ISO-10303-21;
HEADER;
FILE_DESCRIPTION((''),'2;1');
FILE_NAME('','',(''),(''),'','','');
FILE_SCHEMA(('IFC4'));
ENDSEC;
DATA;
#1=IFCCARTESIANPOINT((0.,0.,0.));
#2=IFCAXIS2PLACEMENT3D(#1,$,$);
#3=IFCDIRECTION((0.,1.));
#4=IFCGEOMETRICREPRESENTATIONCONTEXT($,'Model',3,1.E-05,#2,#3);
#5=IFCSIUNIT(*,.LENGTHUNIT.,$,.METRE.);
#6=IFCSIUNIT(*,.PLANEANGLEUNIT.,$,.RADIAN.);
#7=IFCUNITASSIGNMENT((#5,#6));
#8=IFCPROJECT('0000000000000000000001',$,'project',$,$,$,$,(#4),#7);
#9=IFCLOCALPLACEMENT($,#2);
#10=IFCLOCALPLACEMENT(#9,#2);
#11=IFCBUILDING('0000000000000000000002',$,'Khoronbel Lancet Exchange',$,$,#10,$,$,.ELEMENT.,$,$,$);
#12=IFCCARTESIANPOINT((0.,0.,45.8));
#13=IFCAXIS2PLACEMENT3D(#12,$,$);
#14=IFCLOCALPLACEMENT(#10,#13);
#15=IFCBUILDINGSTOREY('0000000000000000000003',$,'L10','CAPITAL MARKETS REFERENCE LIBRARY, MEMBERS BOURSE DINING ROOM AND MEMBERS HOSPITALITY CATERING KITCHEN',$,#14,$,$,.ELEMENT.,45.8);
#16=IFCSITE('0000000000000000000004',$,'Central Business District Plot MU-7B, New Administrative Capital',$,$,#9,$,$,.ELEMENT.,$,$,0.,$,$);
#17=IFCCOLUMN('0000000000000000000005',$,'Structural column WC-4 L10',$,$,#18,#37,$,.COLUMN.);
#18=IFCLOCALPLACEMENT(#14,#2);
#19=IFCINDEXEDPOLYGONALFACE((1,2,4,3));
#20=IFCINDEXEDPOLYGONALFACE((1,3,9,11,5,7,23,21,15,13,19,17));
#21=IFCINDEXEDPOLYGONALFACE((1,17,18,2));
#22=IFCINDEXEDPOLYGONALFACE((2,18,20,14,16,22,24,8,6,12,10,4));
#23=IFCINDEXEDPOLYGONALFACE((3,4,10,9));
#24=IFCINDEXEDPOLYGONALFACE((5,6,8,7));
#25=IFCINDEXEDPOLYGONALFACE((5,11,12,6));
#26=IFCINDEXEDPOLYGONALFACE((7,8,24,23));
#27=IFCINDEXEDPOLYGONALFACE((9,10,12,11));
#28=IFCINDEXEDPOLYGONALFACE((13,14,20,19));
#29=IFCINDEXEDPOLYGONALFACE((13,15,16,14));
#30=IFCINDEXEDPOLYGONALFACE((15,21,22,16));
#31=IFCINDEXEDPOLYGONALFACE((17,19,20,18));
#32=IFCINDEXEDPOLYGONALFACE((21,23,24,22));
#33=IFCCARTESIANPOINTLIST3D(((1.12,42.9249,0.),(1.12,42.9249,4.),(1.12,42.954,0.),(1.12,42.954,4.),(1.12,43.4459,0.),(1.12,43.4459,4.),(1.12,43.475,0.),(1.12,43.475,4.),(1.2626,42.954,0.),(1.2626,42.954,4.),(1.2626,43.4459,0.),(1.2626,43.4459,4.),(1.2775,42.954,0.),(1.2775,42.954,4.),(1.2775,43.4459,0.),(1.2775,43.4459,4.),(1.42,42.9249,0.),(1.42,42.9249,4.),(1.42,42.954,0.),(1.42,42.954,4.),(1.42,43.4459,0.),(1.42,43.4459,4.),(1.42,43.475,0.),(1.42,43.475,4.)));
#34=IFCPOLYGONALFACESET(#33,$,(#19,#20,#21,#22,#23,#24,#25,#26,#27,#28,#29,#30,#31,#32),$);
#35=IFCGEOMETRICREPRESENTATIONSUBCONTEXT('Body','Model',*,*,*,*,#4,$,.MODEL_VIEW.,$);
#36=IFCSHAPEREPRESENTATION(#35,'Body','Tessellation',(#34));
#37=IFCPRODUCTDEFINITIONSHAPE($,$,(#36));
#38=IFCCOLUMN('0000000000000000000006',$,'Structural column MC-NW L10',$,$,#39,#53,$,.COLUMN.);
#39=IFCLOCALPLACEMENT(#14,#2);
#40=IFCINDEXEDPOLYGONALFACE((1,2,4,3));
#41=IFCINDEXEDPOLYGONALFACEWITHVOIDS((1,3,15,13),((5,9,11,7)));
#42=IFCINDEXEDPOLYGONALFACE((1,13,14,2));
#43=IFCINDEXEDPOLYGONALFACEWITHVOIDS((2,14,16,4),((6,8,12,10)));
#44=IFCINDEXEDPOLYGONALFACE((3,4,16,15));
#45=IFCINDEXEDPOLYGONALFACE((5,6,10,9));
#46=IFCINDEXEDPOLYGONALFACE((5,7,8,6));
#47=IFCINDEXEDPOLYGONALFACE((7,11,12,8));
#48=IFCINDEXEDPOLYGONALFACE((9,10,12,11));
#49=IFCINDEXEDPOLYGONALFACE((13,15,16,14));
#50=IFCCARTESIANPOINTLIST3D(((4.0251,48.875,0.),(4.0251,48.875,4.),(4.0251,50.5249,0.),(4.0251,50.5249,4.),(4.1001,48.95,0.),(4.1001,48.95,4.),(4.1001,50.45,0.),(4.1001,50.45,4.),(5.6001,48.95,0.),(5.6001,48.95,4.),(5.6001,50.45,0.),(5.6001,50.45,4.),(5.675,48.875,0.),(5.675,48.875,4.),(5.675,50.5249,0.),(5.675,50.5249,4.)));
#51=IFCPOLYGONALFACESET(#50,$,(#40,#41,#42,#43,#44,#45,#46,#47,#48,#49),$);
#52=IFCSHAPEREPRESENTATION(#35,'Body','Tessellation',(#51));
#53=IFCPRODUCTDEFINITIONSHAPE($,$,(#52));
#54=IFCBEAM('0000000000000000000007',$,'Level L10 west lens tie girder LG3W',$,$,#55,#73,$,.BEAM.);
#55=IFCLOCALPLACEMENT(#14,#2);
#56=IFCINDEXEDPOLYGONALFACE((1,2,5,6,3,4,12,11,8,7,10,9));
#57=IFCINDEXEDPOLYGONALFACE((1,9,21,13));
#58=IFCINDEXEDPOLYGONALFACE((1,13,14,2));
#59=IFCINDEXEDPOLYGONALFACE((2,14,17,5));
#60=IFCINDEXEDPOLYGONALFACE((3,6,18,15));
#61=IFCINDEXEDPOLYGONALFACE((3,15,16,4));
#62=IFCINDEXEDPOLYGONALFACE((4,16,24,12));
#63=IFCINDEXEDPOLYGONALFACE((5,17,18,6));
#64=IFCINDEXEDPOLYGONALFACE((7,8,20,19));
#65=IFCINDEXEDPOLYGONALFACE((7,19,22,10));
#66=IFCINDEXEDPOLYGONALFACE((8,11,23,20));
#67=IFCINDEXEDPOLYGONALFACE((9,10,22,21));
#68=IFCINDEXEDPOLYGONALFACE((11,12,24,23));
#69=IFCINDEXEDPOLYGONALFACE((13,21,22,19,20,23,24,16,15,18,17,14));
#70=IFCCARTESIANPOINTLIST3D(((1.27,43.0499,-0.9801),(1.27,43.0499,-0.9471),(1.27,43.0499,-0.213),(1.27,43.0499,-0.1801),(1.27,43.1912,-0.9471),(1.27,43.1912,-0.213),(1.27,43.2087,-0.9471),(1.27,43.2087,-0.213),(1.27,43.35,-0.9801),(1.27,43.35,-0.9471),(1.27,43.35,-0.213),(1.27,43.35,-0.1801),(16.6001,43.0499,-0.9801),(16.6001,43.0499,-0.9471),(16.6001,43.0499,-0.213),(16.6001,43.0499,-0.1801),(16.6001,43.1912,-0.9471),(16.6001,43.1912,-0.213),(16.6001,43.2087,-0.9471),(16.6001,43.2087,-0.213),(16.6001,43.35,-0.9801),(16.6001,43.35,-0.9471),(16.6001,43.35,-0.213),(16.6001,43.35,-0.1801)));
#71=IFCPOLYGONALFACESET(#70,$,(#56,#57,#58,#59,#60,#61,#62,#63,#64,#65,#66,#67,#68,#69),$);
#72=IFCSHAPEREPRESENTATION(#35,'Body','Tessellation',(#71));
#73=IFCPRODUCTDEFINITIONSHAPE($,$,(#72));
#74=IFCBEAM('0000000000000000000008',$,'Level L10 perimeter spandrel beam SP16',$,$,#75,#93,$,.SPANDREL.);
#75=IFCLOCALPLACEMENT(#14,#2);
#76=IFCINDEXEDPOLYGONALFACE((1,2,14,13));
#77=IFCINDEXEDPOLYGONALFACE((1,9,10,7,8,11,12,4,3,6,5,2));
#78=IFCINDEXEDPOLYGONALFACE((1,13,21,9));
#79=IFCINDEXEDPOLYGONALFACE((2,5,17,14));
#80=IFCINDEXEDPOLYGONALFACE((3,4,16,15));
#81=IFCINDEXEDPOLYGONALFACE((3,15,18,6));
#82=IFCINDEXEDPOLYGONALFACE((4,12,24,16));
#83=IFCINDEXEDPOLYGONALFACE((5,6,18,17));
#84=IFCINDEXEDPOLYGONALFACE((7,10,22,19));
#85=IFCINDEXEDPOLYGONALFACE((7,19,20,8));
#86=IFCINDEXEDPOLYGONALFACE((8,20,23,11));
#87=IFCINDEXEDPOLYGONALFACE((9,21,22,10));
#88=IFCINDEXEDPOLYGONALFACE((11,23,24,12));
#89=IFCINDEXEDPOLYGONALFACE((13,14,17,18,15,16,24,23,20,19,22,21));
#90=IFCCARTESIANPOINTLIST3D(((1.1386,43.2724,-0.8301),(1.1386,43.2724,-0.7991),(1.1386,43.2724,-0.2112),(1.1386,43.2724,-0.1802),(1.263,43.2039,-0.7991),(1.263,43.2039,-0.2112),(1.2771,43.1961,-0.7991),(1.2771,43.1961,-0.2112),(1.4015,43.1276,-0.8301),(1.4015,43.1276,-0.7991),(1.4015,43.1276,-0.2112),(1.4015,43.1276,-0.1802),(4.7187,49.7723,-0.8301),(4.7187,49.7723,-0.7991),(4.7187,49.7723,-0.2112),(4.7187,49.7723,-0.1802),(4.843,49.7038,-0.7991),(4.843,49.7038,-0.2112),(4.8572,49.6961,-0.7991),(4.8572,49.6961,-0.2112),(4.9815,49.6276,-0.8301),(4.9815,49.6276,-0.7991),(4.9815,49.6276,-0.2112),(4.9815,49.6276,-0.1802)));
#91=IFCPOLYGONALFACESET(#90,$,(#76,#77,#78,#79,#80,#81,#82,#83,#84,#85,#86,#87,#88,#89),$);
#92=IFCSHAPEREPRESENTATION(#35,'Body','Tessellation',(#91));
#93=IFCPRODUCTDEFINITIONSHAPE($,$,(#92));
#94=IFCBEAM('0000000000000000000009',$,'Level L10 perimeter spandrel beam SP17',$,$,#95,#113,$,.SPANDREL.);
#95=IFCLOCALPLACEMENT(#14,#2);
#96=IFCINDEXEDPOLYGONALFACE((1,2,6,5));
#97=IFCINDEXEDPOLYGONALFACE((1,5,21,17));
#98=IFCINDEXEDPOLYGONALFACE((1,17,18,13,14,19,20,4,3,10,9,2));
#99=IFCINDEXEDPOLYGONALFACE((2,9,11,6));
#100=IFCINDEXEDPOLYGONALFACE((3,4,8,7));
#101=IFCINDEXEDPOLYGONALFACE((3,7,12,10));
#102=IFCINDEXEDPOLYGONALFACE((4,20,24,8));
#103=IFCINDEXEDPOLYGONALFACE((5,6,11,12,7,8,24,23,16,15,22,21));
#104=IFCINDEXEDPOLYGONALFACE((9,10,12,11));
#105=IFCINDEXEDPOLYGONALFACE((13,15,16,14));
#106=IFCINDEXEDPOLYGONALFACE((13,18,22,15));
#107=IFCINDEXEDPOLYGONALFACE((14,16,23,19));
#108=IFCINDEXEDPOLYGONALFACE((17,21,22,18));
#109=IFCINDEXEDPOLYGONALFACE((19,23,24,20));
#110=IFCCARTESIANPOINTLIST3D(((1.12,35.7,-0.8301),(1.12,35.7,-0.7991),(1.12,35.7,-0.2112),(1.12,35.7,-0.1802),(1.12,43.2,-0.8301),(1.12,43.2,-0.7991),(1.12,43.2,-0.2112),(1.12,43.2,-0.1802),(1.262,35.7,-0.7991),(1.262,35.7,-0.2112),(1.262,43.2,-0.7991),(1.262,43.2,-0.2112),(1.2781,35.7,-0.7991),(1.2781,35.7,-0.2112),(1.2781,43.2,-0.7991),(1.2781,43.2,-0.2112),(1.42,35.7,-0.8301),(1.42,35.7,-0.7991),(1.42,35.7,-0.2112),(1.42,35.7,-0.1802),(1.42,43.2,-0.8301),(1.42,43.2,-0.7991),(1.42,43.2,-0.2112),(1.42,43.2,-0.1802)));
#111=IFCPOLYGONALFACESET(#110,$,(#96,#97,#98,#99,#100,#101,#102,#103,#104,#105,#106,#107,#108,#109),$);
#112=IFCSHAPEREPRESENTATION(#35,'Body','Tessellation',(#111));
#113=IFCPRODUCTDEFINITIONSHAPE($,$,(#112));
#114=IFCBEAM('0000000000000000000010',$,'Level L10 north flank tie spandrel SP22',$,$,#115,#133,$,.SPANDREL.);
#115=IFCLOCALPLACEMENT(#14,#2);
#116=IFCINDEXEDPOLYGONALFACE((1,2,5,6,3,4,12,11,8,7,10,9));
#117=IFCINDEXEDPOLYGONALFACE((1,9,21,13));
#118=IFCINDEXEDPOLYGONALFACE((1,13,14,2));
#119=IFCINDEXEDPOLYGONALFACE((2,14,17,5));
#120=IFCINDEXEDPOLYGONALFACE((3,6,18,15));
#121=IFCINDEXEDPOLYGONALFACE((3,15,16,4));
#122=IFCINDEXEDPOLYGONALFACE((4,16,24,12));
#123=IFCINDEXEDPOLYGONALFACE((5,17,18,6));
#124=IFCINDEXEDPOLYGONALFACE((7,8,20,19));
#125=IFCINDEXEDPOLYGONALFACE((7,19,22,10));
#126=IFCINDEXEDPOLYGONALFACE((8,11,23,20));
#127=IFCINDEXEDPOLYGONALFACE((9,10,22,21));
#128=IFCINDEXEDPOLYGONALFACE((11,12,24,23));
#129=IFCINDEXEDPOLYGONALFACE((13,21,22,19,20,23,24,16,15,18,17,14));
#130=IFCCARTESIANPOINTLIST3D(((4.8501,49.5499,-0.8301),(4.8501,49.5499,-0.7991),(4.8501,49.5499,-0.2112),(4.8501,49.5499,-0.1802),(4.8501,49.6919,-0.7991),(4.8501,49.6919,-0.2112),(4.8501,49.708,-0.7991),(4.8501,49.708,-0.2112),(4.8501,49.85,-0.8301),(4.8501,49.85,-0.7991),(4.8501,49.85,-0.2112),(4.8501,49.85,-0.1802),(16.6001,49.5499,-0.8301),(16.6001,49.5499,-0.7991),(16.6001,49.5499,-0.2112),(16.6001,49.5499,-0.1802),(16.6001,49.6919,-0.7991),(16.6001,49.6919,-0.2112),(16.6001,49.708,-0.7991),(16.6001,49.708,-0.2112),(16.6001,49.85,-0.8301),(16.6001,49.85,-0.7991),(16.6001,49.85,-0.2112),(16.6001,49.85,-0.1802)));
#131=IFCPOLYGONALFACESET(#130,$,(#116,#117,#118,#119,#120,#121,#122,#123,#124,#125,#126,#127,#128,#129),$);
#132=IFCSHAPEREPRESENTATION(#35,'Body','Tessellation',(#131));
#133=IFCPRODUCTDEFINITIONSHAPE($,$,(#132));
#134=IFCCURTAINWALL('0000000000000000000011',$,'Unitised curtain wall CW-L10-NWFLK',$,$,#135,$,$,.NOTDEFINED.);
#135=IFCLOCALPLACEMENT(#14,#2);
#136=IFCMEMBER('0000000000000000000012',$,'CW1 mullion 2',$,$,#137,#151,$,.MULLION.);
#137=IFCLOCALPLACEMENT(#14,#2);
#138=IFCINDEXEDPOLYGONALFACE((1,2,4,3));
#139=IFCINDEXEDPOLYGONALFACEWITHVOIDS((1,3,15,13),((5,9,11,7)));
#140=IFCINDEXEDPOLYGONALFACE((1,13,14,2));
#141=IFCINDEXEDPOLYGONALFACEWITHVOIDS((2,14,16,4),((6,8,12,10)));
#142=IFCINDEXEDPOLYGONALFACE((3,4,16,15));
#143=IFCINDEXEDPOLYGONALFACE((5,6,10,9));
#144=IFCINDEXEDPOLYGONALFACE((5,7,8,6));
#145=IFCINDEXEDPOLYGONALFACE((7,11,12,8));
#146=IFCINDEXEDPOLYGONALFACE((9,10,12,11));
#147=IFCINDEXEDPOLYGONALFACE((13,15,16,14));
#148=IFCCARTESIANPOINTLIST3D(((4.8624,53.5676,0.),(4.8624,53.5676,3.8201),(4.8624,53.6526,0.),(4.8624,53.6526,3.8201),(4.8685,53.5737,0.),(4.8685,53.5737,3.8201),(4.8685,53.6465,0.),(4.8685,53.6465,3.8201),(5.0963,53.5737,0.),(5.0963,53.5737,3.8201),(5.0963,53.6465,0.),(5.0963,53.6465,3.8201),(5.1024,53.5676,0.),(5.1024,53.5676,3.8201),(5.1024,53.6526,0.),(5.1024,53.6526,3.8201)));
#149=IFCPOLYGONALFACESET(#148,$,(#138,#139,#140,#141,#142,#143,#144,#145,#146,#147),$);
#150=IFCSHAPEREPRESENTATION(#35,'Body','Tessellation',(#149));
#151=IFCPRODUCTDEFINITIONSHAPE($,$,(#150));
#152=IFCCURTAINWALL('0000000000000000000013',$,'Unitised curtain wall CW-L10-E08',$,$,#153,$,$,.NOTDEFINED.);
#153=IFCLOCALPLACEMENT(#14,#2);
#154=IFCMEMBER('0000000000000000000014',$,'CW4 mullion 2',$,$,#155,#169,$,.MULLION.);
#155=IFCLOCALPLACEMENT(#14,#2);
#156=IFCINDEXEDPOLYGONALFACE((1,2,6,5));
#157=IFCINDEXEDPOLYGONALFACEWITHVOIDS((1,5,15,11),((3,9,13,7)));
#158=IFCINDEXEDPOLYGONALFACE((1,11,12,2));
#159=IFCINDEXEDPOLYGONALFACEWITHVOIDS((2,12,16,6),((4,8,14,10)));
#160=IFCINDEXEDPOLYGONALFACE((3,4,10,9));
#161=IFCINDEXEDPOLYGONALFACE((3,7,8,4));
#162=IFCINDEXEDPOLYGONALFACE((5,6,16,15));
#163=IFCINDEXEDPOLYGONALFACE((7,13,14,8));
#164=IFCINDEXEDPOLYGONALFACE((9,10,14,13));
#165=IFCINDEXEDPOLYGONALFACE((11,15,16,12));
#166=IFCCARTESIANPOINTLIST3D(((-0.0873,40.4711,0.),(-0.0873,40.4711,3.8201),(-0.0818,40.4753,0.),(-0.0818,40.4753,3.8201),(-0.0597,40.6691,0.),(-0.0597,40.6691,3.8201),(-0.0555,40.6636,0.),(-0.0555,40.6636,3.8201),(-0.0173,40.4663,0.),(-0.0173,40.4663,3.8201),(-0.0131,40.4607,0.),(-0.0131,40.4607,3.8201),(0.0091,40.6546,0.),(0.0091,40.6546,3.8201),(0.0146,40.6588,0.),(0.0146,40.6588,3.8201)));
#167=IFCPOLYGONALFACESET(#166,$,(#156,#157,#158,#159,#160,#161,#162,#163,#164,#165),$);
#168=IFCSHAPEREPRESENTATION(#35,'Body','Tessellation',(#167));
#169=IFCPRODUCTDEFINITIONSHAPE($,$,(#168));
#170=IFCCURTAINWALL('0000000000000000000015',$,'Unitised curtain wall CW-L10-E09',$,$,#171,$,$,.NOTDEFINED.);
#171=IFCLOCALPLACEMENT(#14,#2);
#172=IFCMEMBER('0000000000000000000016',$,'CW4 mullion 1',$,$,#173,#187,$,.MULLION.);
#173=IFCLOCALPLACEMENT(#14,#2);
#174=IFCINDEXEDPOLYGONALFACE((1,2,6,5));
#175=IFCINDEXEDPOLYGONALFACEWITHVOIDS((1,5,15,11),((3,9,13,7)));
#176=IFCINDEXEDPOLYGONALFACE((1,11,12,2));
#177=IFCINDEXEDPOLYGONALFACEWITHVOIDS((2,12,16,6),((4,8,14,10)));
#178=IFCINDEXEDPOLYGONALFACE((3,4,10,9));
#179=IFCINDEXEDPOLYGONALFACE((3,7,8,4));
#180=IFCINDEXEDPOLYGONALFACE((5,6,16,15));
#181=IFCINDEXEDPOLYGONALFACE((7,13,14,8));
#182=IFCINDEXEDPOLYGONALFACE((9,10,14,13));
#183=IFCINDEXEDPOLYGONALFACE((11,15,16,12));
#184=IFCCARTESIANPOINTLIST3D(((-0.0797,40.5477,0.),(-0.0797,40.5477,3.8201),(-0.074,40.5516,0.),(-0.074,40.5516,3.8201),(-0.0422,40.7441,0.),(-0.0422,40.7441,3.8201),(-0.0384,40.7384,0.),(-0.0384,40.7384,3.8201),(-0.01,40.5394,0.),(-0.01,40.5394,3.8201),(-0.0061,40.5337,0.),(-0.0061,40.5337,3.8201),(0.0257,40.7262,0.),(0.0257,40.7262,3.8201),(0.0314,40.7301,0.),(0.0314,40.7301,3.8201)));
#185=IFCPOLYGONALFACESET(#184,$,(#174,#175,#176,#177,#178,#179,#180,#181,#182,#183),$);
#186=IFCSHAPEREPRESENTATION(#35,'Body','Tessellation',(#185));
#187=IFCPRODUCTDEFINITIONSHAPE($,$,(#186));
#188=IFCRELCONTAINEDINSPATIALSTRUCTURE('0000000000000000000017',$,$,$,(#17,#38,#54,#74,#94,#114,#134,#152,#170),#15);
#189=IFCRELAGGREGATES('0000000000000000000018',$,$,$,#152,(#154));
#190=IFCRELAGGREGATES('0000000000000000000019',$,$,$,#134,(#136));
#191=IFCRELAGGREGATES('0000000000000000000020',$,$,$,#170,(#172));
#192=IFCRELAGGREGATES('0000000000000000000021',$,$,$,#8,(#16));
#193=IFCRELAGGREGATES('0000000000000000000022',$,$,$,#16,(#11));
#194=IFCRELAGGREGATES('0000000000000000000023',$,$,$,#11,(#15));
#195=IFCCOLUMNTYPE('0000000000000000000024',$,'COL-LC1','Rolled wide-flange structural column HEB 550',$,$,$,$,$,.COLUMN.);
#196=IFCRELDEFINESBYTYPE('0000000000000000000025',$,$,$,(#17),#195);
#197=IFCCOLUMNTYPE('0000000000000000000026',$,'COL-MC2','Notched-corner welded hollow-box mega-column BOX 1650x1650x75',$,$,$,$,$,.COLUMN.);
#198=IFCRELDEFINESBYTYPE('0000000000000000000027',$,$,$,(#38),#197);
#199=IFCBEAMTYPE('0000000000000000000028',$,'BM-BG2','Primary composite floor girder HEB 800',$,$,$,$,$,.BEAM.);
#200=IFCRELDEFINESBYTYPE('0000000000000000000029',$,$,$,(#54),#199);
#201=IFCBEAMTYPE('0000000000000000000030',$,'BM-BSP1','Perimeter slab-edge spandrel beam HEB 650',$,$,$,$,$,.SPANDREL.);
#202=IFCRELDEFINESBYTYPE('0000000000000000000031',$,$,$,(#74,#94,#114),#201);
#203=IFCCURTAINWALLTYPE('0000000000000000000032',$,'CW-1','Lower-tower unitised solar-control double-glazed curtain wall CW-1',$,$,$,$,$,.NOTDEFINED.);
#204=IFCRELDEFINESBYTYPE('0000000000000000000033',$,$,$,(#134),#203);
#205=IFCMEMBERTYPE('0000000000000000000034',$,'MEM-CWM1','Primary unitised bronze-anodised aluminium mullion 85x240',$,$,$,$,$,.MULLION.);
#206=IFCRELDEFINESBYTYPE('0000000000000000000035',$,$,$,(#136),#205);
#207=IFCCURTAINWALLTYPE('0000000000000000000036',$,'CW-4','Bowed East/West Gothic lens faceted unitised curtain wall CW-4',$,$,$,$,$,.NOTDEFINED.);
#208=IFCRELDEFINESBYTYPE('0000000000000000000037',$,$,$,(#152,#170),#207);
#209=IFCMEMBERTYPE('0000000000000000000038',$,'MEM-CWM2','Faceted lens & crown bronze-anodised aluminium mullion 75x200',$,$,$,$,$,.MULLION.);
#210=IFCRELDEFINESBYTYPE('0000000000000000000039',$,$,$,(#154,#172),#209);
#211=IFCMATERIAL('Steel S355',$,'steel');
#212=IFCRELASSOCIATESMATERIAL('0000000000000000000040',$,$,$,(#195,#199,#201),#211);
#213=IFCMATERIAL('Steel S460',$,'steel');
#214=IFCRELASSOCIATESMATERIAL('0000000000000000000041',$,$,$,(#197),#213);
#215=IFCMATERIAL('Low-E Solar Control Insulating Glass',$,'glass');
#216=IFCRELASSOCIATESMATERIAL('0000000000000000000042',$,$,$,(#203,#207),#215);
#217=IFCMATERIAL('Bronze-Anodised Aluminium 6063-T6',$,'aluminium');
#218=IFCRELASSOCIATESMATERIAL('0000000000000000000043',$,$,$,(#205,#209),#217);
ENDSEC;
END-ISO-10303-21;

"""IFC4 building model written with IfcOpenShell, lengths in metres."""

from ifc_helpers import new_model, si_unit, direction, frame, origin, origin_2d, place, context, subcontext, project, spatial, hollow_rectangle, i_section, extrude, material, material_profile, profile_set, type_object, element, aggregate, save


model = new_model("IFC4")

# Units and contexts
model_context = context("Model", 3, precision=1e-05, world=origin(), true_north=direction((0.0, 1.0)))
body_context = subcontext(model_context, "Body", "Model", "MODEL_VIEW")
ifc_project = project(units=[si_unit("LENGTHUNIT", "METRE"), si_unit("PLANEANGLEUNIT", "RADIAN")], contexts=[model_context])

# Site, building, storey
site_placement = place(None, origin())
site = spatial("IfcSite", under=ifc_project, at=site_placement, Name="Central Business District Plot MU-7B, New Administrative Capital", CompositionType="ELEMENT", RefElevation=0.0)
building_placement = place(site_placement, origin())
building = spatial("IfcBuilding", under=site, at=building_placement, Name="Khoronbel Lancet Exchange", CompositionType="ELEMENT")
storey_placement = place(building_placement, frame((0.0, 0.0, 45.8)))
storey = spatial("IfcBuildingStorey", under=building, at=storey_placement, Name="L10", Description="CAPITAL MARKETS REFERENCE LIBRARY, MEMBERS BOURSE DINING ROOM AND MEMBERS HOSPITALITY CATERING KITCHEN", CompositionType="ELEMENT", Elevation=45.8)

# Columns
ifc_material_1 = material(Name="Steel S355", Category="steel")
ifc_material_profile_1 = material_profile(ifc_material_1, i_section(OverallWidth=0.3, OverallDepth=0.55, WebThickness=0.0149, FlangeThickness=0.0291, at=origin_2d()), Name="HEB 550")
ifc_profile_set_1 = profile_set([ifc_material_profile_1], Name="Steel S355")
column_type_1 = type_object("IfcColumnType", Name="COL-LC1", Description="Rolled wide-flange structural column HEB 550", PredefinedType="COLUMN", material=ifc_profile_set_1)
column_1_placement = place(storey_placement, frame((1.27, 43.2, 0.0), z_axis=(0.0, 0.0, 1.0), x_axis=(1.0, 0.0, 0.0)))
element("IfcColumn", 1, at=column_1_placement, inside=storey, type_object=column_type_1, Name="Structural column WC-4 L10", PredefinedType="COLUMN", context=body_context, shape_type="SweptSolid", body=[
    extrude(i_section(OverallWidth=0.3, OverallDepth=0.55, WebThickness=0.0149, FlangeThickness=0.0291, at=origin_2d()), origin(), (0.0, 0.0, 1.0), 4.0),
])
ifc_material_2 = material(Name="Steel S460", Category="steel")
ifc_material_profile_2 = material_profile(ifc_material_2, hollow_rectangle(XDim=1.6499, YDim=1.6499, WallThickness=0.075, at=origin_2d()), Name="BOX 1650x1650x75")
ifc_profile_set_2 = profile_set([ifc_material_profile_2], Name="Steel S460")
column_type_2 = type_object("IfcColumnType", Name="COL-MC2", Description="Notched-corner welded hollow-box mega-column BOX 1650x1650x75", PredefinedType="COLUMN", material=ifc_profile_set_2)
column_2_placement = place(storey_placement, frame((4.8501, 49.7, 0.0), z_axis=(0.0, 0.0, 1.0), x_axis=(1.0, 0.0, 0.0)))
element("IfcColumn", 2, at=column_2_placement, inside=storey, type_object=column_type_2, Name="Structural column MC-NW L10", PredefinedType="COLUMN", context=body_context, shape_type="SweptSolid", body=[
    extrude(hollow_rectangle(XDim=1.6499, YDim=1.6499, WallThickness=0.075, at=origin_2d()), origin(), (0.0, 0.0, 1.0), 4.0),
])

# Beams
ifc_material_profile_3 = material_profile(ifc_material_1, i_section(OverallWidth=0.3, OverallDepth=0.8, WebThickness=0.0176, FlangeThickness=0.033, at=origin_2d()), Name="HEB 800")
ifc_profile_set_3 = profile_set([ifc_material_profile_3], Name="Steel S355")
beam_type_1 = type_object("IfcBeamType", Name="BM-BG2", Description="Primary composite floor girder HEB 800", PredefinedType="BEAM", material=ifc_profile_set_3)
beam_1_placement = place(storey_placement, frame((1.27, 43.2, -0.5801), z_axis=(1.0, 0.0, 0.0), x_axis=(0.0, 1.0, 0.0)))
element("IfcBeam", 3, at=beam_1_placement, inside=storey, type_object=beam_type_1, Name="Level L10 west lens tie girder LG3W", PredefinedType="BEAM", context=body_context, shape_type="SweptSolid", body=[
    extrude(i_section(OverallWidth=0.3, OverallDepth=0.8, WebThickness=0.0176, FlangeThickness=0.033, at=origin_2d()), origin(), (0.0, 0.0, 1.0), 15.3301),
])
ifc_material_profile_4 = material_profile(ifc_material_1, i_section(OverallWidth=0.3, OverallDepth=0.6499, WebThickness=0.0161, FlangeThickness=0.031, at=origin_2d()), Name="HEB 650")
ifc_profile_set_4 = profile_set([ifc_material_profile_4], Name="Steel S355")
beam_type_2 = type_object("IfcBeamType", Name="BM-BSP1", Description="Perimeter slab-edge spandrel beam HEB 650", PredefinedType="SPANDREL", material=ifc_profile_set_4)
beam_2_placement = place(storey_placement, frame((4.8501, 49.7, -0.5051), z_axis=(-0.482444, -0.875927, 0.0), x_axis=(0.875927, -0.482444, 0.0)))
element("IfcBeam", 4, at=beam_2_placement, inside=storey, type_object=beam_type_2, Name="Level L10 perimeter spandrel beam SP16", PredefinedType="SPANDREL", context=body_context, shape_type="SweptSolid", body=[
    extrude(i_section(OverallWidth=0.3, OverallDepth=0.6499, WebThickness=0.0161, FlangeThickness=0.031, at=origin_2d()), origin(), (0.0, 0.0, 1.0), 7.4207),
])
beam_3_placement = place(storey_placement, frame((1.27, 43.2, -0.5051), z_axis=(0.0, -1.0, 0.0), x_axis=(1.0, 0.0, 0.0)))
element("IfcBeam", 5, at=beam_3_placement, inside=storey, type_object=beam_type_2, Name="Level L10 perimeter spandrel beam SP17", PredefinedType="SPANDREL", context=body_context, shape_type="SweptSolid", body=[
    extrude(i_section(OverallWidth=0.3, OverallDepth=0.6499, WebThickness=0.0161, FlangeThickness=0.031, at=origin_2d()), origin(), (0.0, 0.0, 1.0), 7.5),
])
beam_4_placement = place(storey_placement, frame((4.8501, 49.7, -0.5051), z_axis=(1.0, 0.0, 0.0), x_axis=(0.0, 1.0, 0.0)))
element("IfcBeam", 6, at=beam_4_placement, inside=storey, type_object=beam_type_2, Name="Level L10 north flank tie spandrel SP22", PredefinedType="SPANDREL", context=body_context, shape_type="SweptSolid", body=[
    extrude(i_section(OverallWidth=0.3, OverallDepth=0.6499, WebThickness=0.0161, FlangeThickness=0.031, at=origin_2d()), origin(), (0.0, 0.0, 1.0), 11.75),
])

# Curtain walls, members
ifc_material_3 = material(Name="Low-E Solar Control Insulating Glass", Category="glass")
curtain_wall_type_1 = type_object("IfcCurtainWallType", Name="CW-1", Description="Lower-tower unitised solar-control double-glazed curtain wall CW-1", PredefinedType="NOTDEFINED", material=ifc_material_3)
curtain_wall_1_placement = place(storey_placement, origin())
curtain_wall_1 = element("IfcCurtainWall", 7, at=curtain_wall_1_placement, inside=storey, type_object=curtain_wall_type_1, Name="Unitised curtain wall CW-L10-NWFLK", PredefinedType="NOTDEFINED")
ifc_material_4 = material(Name="Bronze-Anodised Aluminium 6063-T6", Category="aluminium")
ifc_material_profile_5 = material_profile(ifc_material_4, hollow_rectangle(XDim=0.085, YDim=0.24, WallThickness=0.0061, at=origin_2d()), Name="ALU MULLION 85x240")
ifc_profile_set_5 = profile_set([ifc_material_profile_5], Name="Bronze-Anodised Aluminium 6063-T6")
member_type_1 = type_object("IfcMemberType", Name="MEM-CWM1", Description="Primary unitised bronze-anodised aluminium mullion 85x240", PredefinedType="MULLION", material=ifc_profile_set_5)
member_1_placement = place(storey_placement, frame((4.9824, 53.6101, 0.0), z_axis=(0.0, 0.0, 1.0), x_axis=(0.0, -1.0, 0.0)))
member_1 = element("IfcMember", 8, at=member_1_placement, type_object=member_type_1, Name="CW1 mullion 2", PredefinedType="MULLION", context=body_context, shape_type="SweptSolid", body=[
    extrude(hollow_rectangle(XDim=0.085, YDim=0.24, WallThickness=0.0061, at=origin_2d()), origin(), (0.0, 0.0, 1.0), 3.8201),
])
curtain_wall_type_2 = type_object("IfcCurtainWallType", Name="CW-4", Description="Bowed East/West Gothic lens faceted unitised curtain wall CW-4", PredefinedType="NOTDEFINED", material=ifc_material_3)
curtain_wall_2_placement = place(storey_placement, origin())
curtain_wall_2 = element("IfcCurtainWall", 9, at=curtain_wall_2_placement, inside=storey, type_object=curtain_wall_type_2, Name="Unitised curtain wall CW-L10-E08", PredefinedType="NOTDEFINED")
ifc_material_profile_6 = material_profile(ifc_material_4, hollow_rectangle(XDim=0.075, YDim=0.2, WallThickness=0.0049, at=origin_2d()), Name="ALU MULLION 75x200")
ifc_profile_set_6 = profile_set([ifc_material_profile_6], Name="Bronze-Anodised Aluminium 6063-T6")
member_type_2 = type_object("IfcMemberType", Name="MEM-CWM2", Description="Faceted lens & crown bronze-anodised aluminium mullion 75x200", PredefinedType="MULLION", material=ifc_profile_set_6)
member_2_placement = place(storey_placement, frame((-0.0364, 40.5649, 0.0), z_axis=(0.0, 0.0, 1.0), x_axis=(-0.990385, 0.13834, 0.0)))
member_2 = element("IfcMember", 10, at=member_2_placement, type_object=member_type_2, Name="CW4 mullion 2", PredefinedType="MULLION", context=body_context, shape_type="SweptSolid", body=[
    extrude(hollow_rectangle(XDim=0.075, YDim=0.2, WallThickness=0.0049, at=origin_2d()), origin(), (0.0, 0.0, 1.0), 3.8201),
])

# Curtain wall, member
curtain_wall_3_placement = place(storey_placement, origin())
curtain_wall_3 = element("IfcCurtainWall", 11, at=curtain_wall_3_placement, inside=storey, type_object=curtain_wall_type_2, Name="Unitised curtain wall CW-L10-E09", PredefinedType="NOTDEFINED")
member_3_placement = place(storey_placement, frame((-0.0242, 40.6389, 0.0), z_axis=(0.0, 0.0, 1.0), x_axis=(-0.982279, 0.187423, 0.0)))
member_3 = element("IfcMember", 12, at=member_3_placement, type_object=member_type_2, Name="CW4 mullion 1", PredefinedType="MULLION", context=body_context, shape_type="SweptSolid", body=[
    extrude(hollow_rectangle(XDim=0.075, YDim=0.2, WallThickness=0.0049, at=origin_2d()), origin(), (0.0, 0.0, 1.0), 3.8201),
])

aggregate(curtain_wall_2, [member_2])
aggregate(curtain_wall_1, [member_1])
aggregate(curtain_wall_3, [member_3])

save(model, "model.ifc")
